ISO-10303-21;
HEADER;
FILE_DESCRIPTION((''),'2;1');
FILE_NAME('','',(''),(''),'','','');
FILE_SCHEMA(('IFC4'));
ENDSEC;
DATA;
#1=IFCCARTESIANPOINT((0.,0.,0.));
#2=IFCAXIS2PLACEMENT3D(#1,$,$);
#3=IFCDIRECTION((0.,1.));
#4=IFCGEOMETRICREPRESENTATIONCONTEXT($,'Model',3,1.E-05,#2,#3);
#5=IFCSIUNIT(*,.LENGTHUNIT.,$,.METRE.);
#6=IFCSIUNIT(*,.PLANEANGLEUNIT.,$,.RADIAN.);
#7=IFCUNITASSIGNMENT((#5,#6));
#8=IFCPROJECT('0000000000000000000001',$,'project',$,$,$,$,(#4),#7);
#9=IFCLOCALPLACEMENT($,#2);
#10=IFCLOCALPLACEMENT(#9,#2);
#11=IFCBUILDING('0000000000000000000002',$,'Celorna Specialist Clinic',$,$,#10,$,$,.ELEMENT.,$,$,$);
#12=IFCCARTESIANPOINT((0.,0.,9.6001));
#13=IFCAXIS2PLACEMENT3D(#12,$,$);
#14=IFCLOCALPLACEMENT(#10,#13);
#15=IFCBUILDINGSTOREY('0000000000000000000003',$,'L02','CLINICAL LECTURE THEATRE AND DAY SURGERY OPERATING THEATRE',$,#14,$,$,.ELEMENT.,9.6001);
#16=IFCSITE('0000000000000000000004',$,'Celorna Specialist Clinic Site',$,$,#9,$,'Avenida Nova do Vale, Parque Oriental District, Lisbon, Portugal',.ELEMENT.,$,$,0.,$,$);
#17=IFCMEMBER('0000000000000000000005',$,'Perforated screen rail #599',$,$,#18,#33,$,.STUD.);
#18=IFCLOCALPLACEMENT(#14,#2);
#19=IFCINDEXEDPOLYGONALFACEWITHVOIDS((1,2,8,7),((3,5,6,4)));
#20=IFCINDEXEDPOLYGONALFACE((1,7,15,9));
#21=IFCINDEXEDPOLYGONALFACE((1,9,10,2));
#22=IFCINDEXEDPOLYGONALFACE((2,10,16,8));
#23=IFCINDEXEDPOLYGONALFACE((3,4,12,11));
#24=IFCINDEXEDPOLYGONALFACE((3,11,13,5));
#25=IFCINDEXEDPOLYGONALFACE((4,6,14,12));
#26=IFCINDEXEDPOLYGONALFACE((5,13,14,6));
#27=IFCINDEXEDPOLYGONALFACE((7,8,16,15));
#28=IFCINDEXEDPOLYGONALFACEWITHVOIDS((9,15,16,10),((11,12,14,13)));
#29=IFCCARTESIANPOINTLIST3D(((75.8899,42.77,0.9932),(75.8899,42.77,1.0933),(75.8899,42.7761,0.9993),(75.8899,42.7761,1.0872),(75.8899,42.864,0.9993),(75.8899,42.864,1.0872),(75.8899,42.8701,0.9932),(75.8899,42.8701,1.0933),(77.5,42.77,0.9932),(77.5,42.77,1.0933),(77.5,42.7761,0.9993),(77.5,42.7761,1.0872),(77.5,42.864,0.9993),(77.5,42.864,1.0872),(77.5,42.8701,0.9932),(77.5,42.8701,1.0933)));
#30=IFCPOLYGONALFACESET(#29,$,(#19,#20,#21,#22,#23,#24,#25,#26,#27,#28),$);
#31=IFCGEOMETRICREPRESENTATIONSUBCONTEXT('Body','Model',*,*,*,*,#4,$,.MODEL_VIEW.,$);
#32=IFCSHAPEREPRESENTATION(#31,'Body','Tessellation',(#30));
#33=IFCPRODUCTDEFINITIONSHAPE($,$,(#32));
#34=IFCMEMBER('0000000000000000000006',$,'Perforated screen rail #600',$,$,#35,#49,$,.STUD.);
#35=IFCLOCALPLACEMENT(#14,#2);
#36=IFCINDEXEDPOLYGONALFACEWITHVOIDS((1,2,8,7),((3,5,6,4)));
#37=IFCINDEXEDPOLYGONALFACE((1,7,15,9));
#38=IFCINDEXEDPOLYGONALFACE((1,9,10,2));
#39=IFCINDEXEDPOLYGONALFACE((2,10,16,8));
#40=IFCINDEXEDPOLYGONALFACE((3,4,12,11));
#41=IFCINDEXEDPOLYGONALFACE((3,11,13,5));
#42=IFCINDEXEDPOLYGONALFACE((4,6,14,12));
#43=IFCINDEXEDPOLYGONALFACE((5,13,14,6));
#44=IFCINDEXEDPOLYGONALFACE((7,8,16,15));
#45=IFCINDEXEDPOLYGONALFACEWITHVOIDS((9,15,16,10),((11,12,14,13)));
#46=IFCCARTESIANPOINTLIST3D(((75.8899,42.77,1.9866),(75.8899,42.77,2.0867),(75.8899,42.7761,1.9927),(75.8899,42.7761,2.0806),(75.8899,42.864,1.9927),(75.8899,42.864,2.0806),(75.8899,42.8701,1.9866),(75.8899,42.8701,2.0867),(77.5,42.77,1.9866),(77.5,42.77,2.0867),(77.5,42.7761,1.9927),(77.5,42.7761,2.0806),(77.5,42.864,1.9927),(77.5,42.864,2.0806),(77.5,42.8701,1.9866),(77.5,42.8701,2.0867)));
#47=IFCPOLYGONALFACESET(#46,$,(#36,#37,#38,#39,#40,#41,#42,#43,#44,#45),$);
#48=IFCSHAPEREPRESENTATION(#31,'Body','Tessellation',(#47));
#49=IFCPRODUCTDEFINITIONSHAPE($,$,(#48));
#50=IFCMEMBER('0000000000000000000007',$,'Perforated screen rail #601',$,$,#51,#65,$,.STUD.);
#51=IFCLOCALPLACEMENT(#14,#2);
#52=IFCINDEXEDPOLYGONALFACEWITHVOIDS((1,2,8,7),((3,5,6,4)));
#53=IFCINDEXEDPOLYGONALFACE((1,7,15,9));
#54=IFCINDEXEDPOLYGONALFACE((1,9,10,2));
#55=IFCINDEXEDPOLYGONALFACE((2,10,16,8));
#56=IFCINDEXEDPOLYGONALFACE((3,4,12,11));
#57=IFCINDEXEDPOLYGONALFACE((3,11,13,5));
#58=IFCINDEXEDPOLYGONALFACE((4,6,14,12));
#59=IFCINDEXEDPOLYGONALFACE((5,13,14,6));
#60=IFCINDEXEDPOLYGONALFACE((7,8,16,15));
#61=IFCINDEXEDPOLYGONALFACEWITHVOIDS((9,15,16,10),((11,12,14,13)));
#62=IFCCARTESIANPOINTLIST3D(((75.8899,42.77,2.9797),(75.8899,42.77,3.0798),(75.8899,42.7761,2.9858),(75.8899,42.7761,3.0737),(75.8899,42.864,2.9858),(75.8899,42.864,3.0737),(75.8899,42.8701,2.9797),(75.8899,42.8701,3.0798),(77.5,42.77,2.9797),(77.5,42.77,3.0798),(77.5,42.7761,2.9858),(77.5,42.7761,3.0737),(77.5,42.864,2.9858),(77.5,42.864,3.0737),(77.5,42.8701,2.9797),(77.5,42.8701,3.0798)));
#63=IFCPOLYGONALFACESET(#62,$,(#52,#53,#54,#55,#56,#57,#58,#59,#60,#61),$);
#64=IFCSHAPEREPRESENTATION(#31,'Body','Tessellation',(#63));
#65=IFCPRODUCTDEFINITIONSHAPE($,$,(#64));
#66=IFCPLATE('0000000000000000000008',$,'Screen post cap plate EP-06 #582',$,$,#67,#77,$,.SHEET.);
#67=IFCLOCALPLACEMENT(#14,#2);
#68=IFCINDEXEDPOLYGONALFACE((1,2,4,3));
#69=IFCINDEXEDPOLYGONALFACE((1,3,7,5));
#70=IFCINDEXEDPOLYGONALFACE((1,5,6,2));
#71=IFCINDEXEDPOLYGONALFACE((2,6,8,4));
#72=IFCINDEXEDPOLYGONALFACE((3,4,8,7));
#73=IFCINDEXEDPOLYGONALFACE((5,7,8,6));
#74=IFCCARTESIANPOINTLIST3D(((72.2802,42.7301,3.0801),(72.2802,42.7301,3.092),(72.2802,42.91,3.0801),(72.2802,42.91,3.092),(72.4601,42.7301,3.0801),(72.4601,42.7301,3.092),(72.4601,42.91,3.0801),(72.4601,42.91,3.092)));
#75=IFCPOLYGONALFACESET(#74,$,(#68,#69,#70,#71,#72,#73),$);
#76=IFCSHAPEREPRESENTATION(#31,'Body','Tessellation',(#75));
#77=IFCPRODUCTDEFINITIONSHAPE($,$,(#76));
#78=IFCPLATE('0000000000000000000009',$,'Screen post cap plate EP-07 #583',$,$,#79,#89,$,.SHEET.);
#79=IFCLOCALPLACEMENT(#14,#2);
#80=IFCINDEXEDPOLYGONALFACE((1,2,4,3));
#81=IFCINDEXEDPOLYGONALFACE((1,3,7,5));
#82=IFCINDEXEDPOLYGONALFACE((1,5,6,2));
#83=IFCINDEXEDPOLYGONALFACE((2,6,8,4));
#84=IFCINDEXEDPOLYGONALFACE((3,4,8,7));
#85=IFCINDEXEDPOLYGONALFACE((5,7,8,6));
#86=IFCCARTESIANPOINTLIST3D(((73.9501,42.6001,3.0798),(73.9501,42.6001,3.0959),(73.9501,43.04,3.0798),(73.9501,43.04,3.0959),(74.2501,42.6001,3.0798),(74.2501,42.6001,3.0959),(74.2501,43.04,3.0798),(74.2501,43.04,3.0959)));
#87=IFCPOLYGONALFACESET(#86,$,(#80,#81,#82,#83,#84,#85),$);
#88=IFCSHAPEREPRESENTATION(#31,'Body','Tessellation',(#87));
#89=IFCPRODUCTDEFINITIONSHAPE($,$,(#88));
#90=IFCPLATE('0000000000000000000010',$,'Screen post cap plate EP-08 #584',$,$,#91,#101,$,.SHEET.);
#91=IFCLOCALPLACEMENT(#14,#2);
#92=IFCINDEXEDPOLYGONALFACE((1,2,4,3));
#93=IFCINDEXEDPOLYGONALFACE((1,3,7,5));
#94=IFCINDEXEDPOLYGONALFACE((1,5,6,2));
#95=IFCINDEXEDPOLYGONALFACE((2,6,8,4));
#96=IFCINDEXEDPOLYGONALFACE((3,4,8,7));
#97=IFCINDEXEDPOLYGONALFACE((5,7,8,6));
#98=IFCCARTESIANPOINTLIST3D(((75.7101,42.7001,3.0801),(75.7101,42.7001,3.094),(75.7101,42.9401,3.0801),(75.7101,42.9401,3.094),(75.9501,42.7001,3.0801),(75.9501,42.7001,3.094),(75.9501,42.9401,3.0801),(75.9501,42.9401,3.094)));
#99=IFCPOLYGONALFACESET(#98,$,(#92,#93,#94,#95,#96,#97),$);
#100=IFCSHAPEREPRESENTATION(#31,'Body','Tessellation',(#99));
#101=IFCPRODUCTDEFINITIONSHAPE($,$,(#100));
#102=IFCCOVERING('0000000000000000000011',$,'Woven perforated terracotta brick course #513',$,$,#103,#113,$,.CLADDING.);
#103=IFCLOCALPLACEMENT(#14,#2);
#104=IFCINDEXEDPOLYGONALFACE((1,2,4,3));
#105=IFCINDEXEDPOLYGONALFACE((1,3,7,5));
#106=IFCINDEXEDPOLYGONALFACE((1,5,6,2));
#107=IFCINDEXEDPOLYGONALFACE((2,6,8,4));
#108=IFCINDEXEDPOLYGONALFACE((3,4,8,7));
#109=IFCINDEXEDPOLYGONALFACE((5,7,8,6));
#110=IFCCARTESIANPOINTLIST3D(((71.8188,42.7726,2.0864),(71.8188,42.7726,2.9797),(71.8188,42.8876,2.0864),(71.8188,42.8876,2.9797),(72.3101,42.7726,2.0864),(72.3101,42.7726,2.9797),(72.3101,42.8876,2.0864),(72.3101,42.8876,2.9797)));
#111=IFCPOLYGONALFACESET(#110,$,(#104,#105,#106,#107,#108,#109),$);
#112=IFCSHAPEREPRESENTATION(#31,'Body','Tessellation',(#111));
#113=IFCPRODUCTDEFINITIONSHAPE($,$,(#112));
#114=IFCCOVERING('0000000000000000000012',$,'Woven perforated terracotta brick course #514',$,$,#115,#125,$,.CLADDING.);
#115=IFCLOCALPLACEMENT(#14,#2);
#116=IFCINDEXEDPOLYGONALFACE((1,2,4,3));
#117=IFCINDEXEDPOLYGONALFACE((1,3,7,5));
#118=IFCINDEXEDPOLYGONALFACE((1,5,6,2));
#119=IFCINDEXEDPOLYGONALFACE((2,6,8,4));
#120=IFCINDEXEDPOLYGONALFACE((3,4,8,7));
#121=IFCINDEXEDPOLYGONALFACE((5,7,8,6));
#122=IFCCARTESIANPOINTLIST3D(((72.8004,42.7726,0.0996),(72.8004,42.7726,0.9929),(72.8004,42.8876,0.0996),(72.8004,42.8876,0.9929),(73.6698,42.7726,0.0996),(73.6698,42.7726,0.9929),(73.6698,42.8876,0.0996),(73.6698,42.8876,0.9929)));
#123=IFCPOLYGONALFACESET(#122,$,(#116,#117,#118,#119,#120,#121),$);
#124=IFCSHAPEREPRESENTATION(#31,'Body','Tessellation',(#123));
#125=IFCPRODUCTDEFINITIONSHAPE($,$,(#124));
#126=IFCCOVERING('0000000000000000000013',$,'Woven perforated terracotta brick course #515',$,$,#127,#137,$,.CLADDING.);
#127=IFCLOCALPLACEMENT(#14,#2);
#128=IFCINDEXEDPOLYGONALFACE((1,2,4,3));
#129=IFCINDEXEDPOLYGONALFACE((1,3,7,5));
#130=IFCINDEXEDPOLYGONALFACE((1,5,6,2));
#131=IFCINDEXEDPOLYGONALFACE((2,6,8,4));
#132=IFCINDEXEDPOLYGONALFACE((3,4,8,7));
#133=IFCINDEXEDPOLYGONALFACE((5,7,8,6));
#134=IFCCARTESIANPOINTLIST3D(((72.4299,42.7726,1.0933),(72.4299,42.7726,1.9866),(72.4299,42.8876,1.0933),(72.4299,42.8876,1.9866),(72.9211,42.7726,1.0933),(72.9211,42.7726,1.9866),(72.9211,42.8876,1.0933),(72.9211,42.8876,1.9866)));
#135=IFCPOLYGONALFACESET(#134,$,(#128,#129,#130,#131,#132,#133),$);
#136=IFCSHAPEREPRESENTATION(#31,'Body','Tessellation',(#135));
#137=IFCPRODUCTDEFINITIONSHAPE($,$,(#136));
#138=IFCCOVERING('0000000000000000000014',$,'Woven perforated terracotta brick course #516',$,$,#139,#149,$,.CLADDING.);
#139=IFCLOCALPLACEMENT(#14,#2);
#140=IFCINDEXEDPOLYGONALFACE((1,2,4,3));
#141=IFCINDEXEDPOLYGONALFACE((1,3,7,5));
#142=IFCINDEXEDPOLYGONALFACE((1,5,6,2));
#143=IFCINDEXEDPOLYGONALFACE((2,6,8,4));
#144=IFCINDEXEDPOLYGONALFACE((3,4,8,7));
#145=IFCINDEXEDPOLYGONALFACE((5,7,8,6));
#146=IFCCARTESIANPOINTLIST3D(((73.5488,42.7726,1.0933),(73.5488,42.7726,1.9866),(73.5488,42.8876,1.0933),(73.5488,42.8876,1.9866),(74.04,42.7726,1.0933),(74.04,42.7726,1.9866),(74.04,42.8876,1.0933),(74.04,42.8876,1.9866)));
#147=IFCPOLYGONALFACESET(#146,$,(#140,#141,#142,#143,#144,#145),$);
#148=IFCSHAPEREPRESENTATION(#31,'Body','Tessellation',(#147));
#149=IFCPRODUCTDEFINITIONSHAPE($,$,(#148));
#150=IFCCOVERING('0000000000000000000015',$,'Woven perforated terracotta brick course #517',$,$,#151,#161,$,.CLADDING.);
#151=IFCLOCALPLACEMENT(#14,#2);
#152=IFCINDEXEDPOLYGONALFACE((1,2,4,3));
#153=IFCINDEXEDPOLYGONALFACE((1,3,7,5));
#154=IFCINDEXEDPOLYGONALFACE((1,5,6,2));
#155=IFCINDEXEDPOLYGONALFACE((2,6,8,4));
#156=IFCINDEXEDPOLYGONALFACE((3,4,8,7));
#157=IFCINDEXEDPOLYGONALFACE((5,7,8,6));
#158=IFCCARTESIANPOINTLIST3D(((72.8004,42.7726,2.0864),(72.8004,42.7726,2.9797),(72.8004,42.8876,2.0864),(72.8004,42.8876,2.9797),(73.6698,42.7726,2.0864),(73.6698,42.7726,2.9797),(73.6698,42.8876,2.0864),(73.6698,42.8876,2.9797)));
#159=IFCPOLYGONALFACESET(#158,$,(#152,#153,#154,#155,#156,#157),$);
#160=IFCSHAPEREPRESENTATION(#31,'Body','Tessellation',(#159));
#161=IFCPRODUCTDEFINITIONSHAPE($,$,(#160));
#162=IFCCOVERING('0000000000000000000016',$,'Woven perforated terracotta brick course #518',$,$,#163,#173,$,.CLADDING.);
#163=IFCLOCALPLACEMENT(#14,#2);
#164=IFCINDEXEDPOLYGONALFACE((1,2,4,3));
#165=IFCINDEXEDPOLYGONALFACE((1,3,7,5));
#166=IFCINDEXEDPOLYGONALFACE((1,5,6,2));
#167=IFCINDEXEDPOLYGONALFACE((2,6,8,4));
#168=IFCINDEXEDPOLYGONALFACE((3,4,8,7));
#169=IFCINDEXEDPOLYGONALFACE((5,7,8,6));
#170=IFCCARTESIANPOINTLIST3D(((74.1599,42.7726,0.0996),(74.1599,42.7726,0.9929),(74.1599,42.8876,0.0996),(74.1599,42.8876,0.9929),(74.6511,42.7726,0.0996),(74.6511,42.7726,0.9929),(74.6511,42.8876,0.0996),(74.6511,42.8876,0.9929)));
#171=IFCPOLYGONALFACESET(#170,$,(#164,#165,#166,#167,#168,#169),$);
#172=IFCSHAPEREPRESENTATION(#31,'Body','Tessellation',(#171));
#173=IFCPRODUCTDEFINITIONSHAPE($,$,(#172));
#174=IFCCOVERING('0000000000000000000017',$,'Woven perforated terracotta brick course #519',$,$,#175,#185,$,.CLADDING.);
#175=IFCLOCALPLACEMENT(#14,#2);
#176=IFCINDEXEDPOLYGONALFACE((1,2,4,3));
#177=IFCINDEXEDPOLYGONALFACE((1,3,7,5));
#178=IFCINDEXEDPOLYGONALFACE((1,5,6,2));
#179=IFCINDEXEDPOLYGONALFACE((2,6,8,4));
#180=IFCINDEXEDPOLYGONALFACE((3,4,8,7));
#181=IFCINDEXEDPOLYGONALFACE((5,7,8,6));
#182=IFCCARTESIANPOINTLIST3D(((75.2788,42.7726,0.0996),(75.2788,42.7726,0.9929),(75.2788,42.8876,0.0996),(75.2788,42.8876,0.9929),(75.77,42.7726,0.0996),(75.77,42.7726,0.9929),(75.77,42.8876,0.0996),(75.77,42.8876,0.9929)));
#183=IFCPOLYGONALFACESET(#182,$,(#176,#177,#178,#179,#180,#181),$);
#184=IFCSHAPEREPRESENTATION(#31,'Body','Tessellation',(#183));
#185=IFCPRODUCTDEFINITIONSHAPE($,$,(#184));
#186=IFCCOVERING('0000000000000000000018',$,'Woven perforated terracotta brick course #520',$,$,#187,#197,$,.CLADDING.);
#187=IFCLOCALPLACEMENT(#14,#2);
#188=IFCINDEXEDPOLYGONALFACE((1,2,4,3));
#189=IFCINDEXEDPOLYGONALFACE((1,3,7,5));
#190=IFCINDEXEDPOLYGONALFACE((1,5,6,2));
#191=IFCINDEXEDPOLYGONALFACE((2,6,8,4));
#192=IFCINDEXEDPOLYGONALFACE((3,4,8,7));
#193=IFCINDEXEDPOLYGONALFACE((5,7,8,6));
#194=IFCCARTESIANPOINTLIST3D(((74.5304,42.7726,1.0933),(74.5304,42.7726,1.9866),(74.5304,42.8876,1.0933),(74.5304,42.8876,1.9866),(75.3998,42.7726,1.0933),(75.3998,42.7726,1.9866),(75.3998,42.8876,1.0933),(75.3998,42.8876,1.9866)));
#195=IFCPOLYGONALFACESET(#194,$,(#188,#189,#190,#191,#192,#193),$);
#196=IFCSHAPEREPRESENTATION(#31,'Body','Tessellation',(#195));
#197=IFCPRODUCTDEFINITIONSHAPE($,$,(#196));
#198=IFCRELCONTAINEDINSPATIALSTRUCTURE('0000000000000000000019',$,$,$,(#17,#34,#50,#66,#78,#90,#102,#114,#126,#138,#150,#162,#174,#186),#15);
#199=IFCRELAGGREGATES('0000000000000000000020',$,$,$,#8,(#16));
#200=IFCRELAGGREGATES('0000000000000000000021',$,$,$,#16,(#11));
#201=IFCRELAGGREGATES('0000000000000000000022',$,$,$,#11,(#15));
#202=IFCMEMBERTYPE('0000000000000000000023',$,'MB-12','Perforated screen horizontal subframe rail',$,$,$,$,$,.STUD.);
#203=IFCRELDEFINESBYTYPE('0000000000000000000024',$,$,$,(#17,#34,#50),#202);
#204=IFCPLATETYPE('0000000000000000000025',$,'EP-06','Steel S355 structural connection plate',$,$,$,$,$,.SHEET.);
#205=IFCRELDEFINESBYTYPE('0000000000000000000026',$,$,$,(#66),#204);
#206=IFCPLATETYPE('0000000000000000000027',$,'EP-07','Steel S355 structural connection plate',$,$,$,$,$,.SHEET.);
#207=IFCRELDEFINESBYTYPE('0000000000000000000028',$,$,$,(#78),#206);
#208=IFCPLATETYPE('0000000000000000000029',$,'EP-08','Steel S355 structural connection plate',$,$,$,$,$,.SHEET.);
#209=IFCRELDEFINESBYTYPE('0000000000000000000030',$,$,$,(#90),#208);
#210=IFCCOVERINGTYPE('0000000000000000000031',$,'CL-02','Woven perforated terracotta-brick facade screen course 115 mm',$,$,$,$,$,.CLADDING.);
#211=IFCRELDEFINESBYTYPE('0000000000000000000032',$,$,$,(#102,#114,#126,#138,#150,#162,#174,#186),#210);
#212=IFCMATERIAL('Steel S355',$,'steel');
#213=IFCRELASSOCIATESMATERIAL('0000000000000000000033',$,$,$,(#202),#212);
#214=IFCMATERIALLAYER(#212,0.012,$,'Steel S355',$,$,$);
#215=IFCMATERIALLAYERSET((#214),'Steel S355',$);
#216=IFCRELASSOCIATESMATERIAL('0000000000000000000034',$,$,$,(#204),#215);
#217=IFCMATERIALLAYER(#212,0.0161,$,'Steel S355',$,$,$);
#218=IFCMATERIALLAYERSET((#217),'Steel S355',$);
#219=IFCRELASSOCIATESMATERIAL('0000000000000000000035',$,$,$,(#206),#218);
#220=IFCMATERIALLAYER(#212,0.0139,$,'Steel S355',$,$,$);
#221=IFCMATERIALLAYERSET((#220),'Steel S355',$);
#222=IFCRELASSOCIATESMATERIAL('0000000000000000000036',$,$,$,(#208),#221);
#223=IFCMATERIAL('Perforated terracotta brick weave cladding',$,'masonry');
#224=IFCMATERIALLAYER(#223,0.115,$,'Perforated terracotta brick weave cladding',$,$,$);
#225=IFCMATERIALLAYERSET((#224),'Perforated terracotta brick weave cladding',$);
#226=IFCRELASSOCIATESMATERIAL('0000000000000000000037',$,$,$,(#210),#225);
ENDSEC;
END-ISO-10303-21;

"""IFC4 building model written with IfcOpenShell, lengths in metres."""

from ifc_helpers import new_model, si_unit, direction, frame, origin, origin_2d, place, context, subcontext, project, spatial, rectangle, hollow_rectangle, extrude, material, layer, layer_set, material_profile, profile_set, type_object, element, save


model = new_model("IFC4")

# Units and contexts
model_context = context("Model", 3, precision=1e-05, world=origin(), true_north=direction((0.0, 1.0)))
body_context = subcontext(model_context, "Body", "Model", "MODEL_VIEW")
ifc_project = project(units=[si_unit("LENGTHUNIT", "METRE"), si_unit("PLANEANGLEUNIT", "RADIAN")], contexts=[model_context])

# Site, building, storey
site_placement = place(None, origin())
site = spatial("IfcSite", under=ifc_project, at=site_placement, Name="Celorna Specialist Clinic Site", LongName="Avenida Nova do Vale, Parque Oriental District, Lisbon, Portugal", CompositionType="ELEMENT", RefElevation=0.0)
building_placement = place(site_placement, origin())
building = spatial("IfcBuilding", under=site, at=building_placement, Name="Celorna Specialist Clinic", CompositionType="ELEMENT")
storey_placement = place(building_placement, frame((0.0, 0.0, 9.6001)))
storey = spatial("IfcBuildingStorey", under=building, at=storey_placement, Name="L02", Description="CLINICAL LECTURE THEATRE AND DAY SURGERY OPERATING THEATRE", CompositionType="ELEMENT", Elevation=9.6001)

# Members
ifc_material_1 = material(Name="Steel S355", Category="steel")
ifc_material_profile_1 = material_profile(ifc_material_1, hollow_rectangle(XDim=0.1001, YDim=0.1001, WallThickness=0.0061, at=origin_2d()), Name="SHS 100x100x6")
ifc_profile_set_1 = profile_set([ifc_material_profile_1], Name="Steel S355")
member_type_1 = type_object("IfcMemberType", Name="MB-12", Description="Perforated screen horizontal subframe rail", PredefinedType="STUD", material=ifc_profile_set_1)
for number, where, z_axis, x_axis, name in (
    (1, (75.8899, 42.8201, 1.0432), (1.0, 0.0, 0.0), (0.0, 1.0, 0.0), "Perforated screen rail #599"),
    (2, (75.8899, 42.8201, 2.0366), (1.0, 0.0, 0.0), (0.0, 1.0, 0.0), "Perforated screen rail #600"),
    (3, (75.8899, 42.8201, 3.0298), (1.0, 0.0, 0.0), (0.0, 1.0, 0.0), "Perforated screen rail #601"),
):
    element("IfcMember", number, at=place(storey_placement, frame(where, z_axis=z_axis, x_axis=x_axis)), inside=storey, type_object=member_type_1, Name=name, PredefinedType="STUD", context=body_context, shape_type="SweptSolid", body=[
        extrude(hollow_rectangle(XDim=0.1001, YDim=0.1001, WallThickness=0.0061, at=origin_2d()), origin(), (0.0, 0.0, 1.0), 1.6101),
    ])

# Plates
ifc_layer_1 = layer(ifc_material_1, 0.012, Name="Steel S355")
ifc_layer_set_1 = layer_set([ifc_layer_1], Name="Steel S355")
plate_type_1 = type_object("IfcPlateType", Name="EP-06", Description="Steel S355 structural connection plate", PredefinedType="SHEET", material=ifc_layer_set_1)
plate_1_placement = place(storey_placement, frame((72.3701, 42.8201, 3.0801), z_axis=(0.0, 0.0, 1.0), x_axis=(1.0, 0.0, 0.0)))
element("IfcPlate", 4, at=plate_1_placement, inside=storey, type_object=plate_type_1, Name="Screen post cap plate EP-06 #582", PredefinedType="SHEET", context=body_context, shape_type="SweptSolid", body=[
    extrude(rectangle(XDim=0.1799, YDim=0.1799, at=origin_2d()), origin(), (0.0, 0.0, 1.0), 0.012),
])
ifc_layer_2 = layer(ifc_material_1, 0.0161, Name="Steel S355")
ifc_layer_set_2 = layer_set([ifc_layer_2], Name="Steel S355")
plate_type_2 = type_object("IfcPlateType", Name="EP-07", Description="Steel S355 structural connection plate", PredefinedType="SHEET", material=ifc_layer_set_2)
plate_2_placement = place(storey_placement, frame((74.1001, 42.8201, 3.0798), z_axis=(0.0, 0.0, 1.0), x_axis=(1.0, 0.0, 0.0)))
element("IfcPlate", 5, at=plate_2_placement, inside=storey, type_object=plate_type_2, Name="Screen post cap plate EP-07 #583", PredefinedType="SHEET", context=body_context, shape_type="SweptSolid", body=[
    extrude(rectangle(XDim=0.3, YDim=0.4399, at=origin_2d()), origin(), (0.0, 0.0, 1.0), 0.0161),
])
ifc_layer_3 = layer(ifc_material_1, 0.0139, Name="Steel S355")
ifc_layer_set_3 = layer_set([ifc_layer_3], Name="Steel S355")
plate_type_3 = type_object("IfcPlateType", Name="EP-08", Description="Steel S355 structural connection plate", PredefinedType="SHEET", material=ifc_layer_set_3)
plate_3_placement = place(storey_placement, frame((75.8301, 42.8201, 3.0801), z_axis=(0.0, 0.0, 1.0), x_axis=(1.0, 0.0, 0.0)))
element("IfcPlate", 6, at=plate_3_placement, inside=storey, type_object=plate_type_3, Name="Screen post cap plate EP-08 #584", PredefinedType="SHEET", context=body_context, shape_type="SweptSolid", body=[
    extrude(rectangle(XDim=0.24, YDim=0.24, at=origin_2d()), origin(), (0.0, 0.0, 1.0), 0.0139),
])

# Coverings
ifc_material_2 = material(Name="Perforated terracotta brick weave cladding", Category="masonry")
ifc_layer_4 = layer(ifc_material_2, 0.115, Name="Perforated terracotta brick weave cladding")
ifc_layer_set_4 = layer_set([ifc_layer_4], Name="Perforated terracotta brick weave cladding")
covering_type = type_object("IfcCoveringType", Name="CL-02", Description="Woven perforated terracotta-brick facade screen course 115 mm", PredefinedType="CLADDING", material=ifc_layer_set_4)
covering_1_placement = place(storey_placement, frame((72.0645, 42.8301, 2.0864), z_axis=(0.0, 0.0, 1.0), x_axis=(1.0, 0.0, 0.0)))
element("IfcCovering", 7, at=covering_1_placement, inside=storey, type_object=covering_type, Name="Woven perforated terracotta brick course #513", PredefinedType="CLADDING", context=body_context, shape_type="SweptSolid", body=[
    extrude(rectangle(XDim=0.4912, YDim=0.115, at=origin_2d()), origin(), (0.0, 0.0, 1.0), 0.8933),
])
covering_2_placement = place(storey_placement, frame((73.2351, 42.8301, 0.0996), z_axis=(0.0, 0.0, 1.0), x_axis=(1.0, 0.0, 0.0)))
element("IfcCovering", 8, at=covering_2_placement, inside=storey, type_object=covering_type, Name="Woven perforated terracotta brick course #514", PredefinedType="CLADDING", context=body_context, shape_type="SweptSolid", body=[
    extrude(rectangle(XDim=0.8694, YDim=0.115, at=origin_2d()), origin(), (0.0, 0.0, 1.0), 0.8933),
])
for number, where, z_axis, x_axis, name in (
    (9, (72.6755, 42.8301, 1.0933), (0.0, 0.0, 1.0), (1.0, 0.0, 0.0), "Woven perforated terracotta brick course #515"),
    (10, (73.7944, 42.8301, 1.0933), (0.0, 0.0, 1.0), (1.0, 0.0, 0.0), "Woven perforated terracotta brick course #516"),
):
    element("IfcCovering", number, at=place(storey_placement, frame(where, z_axis=z_axis, x_axis=x_axis)), inside=storey, type_object=covering_type, Name=name, PredefinedType="CLADDING", context=body_context, shape_type="SweptSolid", body=[
        extrude(rectangle(XDim=0.4912, YDim=0.115, at=origin_2d()), origin(), (0.0, 0.0, 1.0), 0.8933),
    ])
covering_3_placement = place(storey_placement, frame((73.2351, 42.8301, 2.0864), z_axis=(0.0, 0.0, 1.0), x_axis=(1.0, 0.0, 0.0)))
element("IfcCovering", 11, at=covering_3_placement, inside=storey, type_object=covering_type, Name="Woven perforated terracotta brick course #517", PredefinedType="CLADDING", context=body_context, shape_type="SweptSolid", body=[
    extrude(rectangle(XDim=0.8694, YDim=0.115, at=origin_2d()), origin(), (0.0, 0.0, 1.0), 0.8933),
])
for number, where, z_axis, x_axis, name in (
    (12, (74.4055, 42.8301, 0.0996), (0.0, 0.0, 1.0), (1.0, 0.0, 0.0), "Woven perforated terracotta brick course #518"),
    (13, (75.5244, 42.8301, 0.0996), (0.0, 0.0, 1.0), (1.0, 0.0, 0.0), "Woven perforated terracotta brick course #519"),
):
    element("IfcCovering", number, at=place(storey_placement, frame(where, z_axis=z_axis, x_axis=x_axis)), inside=storey, type_object=covering_type, Name=name, PredefinedType="CLADDING", context=body_context, shape_type="SweptSolid", body=[
        extrude(rectangle(XDim=0.4912, YDim=0.115, at=origin_2d()), origin(), (0.0, 0.0, 1.0), 0.8933),
    ])
covering_4_placement = place(storey_placement, frame((74.9651, 42.8301, 1.0933), z_axis=(0.0, 0.0, 1.0), x_axis=(1.0, 0.0, 0.0)))
element("IfcCovering", 14, at=covering_4_placement, inside=storey, type_object=covering_type, Name="Woven perforated terracotta brick course #520", PredefinedType="CLADDING", context=body_context, shape_type="SweptSolid", body=[
    extrude(rectangle(XDim=0.8694, YDim=0.115, at=origin_2d()), origin(), (0.0, 0.0, 1.0), 0.8933),
])

save(model, "model.ifc")
